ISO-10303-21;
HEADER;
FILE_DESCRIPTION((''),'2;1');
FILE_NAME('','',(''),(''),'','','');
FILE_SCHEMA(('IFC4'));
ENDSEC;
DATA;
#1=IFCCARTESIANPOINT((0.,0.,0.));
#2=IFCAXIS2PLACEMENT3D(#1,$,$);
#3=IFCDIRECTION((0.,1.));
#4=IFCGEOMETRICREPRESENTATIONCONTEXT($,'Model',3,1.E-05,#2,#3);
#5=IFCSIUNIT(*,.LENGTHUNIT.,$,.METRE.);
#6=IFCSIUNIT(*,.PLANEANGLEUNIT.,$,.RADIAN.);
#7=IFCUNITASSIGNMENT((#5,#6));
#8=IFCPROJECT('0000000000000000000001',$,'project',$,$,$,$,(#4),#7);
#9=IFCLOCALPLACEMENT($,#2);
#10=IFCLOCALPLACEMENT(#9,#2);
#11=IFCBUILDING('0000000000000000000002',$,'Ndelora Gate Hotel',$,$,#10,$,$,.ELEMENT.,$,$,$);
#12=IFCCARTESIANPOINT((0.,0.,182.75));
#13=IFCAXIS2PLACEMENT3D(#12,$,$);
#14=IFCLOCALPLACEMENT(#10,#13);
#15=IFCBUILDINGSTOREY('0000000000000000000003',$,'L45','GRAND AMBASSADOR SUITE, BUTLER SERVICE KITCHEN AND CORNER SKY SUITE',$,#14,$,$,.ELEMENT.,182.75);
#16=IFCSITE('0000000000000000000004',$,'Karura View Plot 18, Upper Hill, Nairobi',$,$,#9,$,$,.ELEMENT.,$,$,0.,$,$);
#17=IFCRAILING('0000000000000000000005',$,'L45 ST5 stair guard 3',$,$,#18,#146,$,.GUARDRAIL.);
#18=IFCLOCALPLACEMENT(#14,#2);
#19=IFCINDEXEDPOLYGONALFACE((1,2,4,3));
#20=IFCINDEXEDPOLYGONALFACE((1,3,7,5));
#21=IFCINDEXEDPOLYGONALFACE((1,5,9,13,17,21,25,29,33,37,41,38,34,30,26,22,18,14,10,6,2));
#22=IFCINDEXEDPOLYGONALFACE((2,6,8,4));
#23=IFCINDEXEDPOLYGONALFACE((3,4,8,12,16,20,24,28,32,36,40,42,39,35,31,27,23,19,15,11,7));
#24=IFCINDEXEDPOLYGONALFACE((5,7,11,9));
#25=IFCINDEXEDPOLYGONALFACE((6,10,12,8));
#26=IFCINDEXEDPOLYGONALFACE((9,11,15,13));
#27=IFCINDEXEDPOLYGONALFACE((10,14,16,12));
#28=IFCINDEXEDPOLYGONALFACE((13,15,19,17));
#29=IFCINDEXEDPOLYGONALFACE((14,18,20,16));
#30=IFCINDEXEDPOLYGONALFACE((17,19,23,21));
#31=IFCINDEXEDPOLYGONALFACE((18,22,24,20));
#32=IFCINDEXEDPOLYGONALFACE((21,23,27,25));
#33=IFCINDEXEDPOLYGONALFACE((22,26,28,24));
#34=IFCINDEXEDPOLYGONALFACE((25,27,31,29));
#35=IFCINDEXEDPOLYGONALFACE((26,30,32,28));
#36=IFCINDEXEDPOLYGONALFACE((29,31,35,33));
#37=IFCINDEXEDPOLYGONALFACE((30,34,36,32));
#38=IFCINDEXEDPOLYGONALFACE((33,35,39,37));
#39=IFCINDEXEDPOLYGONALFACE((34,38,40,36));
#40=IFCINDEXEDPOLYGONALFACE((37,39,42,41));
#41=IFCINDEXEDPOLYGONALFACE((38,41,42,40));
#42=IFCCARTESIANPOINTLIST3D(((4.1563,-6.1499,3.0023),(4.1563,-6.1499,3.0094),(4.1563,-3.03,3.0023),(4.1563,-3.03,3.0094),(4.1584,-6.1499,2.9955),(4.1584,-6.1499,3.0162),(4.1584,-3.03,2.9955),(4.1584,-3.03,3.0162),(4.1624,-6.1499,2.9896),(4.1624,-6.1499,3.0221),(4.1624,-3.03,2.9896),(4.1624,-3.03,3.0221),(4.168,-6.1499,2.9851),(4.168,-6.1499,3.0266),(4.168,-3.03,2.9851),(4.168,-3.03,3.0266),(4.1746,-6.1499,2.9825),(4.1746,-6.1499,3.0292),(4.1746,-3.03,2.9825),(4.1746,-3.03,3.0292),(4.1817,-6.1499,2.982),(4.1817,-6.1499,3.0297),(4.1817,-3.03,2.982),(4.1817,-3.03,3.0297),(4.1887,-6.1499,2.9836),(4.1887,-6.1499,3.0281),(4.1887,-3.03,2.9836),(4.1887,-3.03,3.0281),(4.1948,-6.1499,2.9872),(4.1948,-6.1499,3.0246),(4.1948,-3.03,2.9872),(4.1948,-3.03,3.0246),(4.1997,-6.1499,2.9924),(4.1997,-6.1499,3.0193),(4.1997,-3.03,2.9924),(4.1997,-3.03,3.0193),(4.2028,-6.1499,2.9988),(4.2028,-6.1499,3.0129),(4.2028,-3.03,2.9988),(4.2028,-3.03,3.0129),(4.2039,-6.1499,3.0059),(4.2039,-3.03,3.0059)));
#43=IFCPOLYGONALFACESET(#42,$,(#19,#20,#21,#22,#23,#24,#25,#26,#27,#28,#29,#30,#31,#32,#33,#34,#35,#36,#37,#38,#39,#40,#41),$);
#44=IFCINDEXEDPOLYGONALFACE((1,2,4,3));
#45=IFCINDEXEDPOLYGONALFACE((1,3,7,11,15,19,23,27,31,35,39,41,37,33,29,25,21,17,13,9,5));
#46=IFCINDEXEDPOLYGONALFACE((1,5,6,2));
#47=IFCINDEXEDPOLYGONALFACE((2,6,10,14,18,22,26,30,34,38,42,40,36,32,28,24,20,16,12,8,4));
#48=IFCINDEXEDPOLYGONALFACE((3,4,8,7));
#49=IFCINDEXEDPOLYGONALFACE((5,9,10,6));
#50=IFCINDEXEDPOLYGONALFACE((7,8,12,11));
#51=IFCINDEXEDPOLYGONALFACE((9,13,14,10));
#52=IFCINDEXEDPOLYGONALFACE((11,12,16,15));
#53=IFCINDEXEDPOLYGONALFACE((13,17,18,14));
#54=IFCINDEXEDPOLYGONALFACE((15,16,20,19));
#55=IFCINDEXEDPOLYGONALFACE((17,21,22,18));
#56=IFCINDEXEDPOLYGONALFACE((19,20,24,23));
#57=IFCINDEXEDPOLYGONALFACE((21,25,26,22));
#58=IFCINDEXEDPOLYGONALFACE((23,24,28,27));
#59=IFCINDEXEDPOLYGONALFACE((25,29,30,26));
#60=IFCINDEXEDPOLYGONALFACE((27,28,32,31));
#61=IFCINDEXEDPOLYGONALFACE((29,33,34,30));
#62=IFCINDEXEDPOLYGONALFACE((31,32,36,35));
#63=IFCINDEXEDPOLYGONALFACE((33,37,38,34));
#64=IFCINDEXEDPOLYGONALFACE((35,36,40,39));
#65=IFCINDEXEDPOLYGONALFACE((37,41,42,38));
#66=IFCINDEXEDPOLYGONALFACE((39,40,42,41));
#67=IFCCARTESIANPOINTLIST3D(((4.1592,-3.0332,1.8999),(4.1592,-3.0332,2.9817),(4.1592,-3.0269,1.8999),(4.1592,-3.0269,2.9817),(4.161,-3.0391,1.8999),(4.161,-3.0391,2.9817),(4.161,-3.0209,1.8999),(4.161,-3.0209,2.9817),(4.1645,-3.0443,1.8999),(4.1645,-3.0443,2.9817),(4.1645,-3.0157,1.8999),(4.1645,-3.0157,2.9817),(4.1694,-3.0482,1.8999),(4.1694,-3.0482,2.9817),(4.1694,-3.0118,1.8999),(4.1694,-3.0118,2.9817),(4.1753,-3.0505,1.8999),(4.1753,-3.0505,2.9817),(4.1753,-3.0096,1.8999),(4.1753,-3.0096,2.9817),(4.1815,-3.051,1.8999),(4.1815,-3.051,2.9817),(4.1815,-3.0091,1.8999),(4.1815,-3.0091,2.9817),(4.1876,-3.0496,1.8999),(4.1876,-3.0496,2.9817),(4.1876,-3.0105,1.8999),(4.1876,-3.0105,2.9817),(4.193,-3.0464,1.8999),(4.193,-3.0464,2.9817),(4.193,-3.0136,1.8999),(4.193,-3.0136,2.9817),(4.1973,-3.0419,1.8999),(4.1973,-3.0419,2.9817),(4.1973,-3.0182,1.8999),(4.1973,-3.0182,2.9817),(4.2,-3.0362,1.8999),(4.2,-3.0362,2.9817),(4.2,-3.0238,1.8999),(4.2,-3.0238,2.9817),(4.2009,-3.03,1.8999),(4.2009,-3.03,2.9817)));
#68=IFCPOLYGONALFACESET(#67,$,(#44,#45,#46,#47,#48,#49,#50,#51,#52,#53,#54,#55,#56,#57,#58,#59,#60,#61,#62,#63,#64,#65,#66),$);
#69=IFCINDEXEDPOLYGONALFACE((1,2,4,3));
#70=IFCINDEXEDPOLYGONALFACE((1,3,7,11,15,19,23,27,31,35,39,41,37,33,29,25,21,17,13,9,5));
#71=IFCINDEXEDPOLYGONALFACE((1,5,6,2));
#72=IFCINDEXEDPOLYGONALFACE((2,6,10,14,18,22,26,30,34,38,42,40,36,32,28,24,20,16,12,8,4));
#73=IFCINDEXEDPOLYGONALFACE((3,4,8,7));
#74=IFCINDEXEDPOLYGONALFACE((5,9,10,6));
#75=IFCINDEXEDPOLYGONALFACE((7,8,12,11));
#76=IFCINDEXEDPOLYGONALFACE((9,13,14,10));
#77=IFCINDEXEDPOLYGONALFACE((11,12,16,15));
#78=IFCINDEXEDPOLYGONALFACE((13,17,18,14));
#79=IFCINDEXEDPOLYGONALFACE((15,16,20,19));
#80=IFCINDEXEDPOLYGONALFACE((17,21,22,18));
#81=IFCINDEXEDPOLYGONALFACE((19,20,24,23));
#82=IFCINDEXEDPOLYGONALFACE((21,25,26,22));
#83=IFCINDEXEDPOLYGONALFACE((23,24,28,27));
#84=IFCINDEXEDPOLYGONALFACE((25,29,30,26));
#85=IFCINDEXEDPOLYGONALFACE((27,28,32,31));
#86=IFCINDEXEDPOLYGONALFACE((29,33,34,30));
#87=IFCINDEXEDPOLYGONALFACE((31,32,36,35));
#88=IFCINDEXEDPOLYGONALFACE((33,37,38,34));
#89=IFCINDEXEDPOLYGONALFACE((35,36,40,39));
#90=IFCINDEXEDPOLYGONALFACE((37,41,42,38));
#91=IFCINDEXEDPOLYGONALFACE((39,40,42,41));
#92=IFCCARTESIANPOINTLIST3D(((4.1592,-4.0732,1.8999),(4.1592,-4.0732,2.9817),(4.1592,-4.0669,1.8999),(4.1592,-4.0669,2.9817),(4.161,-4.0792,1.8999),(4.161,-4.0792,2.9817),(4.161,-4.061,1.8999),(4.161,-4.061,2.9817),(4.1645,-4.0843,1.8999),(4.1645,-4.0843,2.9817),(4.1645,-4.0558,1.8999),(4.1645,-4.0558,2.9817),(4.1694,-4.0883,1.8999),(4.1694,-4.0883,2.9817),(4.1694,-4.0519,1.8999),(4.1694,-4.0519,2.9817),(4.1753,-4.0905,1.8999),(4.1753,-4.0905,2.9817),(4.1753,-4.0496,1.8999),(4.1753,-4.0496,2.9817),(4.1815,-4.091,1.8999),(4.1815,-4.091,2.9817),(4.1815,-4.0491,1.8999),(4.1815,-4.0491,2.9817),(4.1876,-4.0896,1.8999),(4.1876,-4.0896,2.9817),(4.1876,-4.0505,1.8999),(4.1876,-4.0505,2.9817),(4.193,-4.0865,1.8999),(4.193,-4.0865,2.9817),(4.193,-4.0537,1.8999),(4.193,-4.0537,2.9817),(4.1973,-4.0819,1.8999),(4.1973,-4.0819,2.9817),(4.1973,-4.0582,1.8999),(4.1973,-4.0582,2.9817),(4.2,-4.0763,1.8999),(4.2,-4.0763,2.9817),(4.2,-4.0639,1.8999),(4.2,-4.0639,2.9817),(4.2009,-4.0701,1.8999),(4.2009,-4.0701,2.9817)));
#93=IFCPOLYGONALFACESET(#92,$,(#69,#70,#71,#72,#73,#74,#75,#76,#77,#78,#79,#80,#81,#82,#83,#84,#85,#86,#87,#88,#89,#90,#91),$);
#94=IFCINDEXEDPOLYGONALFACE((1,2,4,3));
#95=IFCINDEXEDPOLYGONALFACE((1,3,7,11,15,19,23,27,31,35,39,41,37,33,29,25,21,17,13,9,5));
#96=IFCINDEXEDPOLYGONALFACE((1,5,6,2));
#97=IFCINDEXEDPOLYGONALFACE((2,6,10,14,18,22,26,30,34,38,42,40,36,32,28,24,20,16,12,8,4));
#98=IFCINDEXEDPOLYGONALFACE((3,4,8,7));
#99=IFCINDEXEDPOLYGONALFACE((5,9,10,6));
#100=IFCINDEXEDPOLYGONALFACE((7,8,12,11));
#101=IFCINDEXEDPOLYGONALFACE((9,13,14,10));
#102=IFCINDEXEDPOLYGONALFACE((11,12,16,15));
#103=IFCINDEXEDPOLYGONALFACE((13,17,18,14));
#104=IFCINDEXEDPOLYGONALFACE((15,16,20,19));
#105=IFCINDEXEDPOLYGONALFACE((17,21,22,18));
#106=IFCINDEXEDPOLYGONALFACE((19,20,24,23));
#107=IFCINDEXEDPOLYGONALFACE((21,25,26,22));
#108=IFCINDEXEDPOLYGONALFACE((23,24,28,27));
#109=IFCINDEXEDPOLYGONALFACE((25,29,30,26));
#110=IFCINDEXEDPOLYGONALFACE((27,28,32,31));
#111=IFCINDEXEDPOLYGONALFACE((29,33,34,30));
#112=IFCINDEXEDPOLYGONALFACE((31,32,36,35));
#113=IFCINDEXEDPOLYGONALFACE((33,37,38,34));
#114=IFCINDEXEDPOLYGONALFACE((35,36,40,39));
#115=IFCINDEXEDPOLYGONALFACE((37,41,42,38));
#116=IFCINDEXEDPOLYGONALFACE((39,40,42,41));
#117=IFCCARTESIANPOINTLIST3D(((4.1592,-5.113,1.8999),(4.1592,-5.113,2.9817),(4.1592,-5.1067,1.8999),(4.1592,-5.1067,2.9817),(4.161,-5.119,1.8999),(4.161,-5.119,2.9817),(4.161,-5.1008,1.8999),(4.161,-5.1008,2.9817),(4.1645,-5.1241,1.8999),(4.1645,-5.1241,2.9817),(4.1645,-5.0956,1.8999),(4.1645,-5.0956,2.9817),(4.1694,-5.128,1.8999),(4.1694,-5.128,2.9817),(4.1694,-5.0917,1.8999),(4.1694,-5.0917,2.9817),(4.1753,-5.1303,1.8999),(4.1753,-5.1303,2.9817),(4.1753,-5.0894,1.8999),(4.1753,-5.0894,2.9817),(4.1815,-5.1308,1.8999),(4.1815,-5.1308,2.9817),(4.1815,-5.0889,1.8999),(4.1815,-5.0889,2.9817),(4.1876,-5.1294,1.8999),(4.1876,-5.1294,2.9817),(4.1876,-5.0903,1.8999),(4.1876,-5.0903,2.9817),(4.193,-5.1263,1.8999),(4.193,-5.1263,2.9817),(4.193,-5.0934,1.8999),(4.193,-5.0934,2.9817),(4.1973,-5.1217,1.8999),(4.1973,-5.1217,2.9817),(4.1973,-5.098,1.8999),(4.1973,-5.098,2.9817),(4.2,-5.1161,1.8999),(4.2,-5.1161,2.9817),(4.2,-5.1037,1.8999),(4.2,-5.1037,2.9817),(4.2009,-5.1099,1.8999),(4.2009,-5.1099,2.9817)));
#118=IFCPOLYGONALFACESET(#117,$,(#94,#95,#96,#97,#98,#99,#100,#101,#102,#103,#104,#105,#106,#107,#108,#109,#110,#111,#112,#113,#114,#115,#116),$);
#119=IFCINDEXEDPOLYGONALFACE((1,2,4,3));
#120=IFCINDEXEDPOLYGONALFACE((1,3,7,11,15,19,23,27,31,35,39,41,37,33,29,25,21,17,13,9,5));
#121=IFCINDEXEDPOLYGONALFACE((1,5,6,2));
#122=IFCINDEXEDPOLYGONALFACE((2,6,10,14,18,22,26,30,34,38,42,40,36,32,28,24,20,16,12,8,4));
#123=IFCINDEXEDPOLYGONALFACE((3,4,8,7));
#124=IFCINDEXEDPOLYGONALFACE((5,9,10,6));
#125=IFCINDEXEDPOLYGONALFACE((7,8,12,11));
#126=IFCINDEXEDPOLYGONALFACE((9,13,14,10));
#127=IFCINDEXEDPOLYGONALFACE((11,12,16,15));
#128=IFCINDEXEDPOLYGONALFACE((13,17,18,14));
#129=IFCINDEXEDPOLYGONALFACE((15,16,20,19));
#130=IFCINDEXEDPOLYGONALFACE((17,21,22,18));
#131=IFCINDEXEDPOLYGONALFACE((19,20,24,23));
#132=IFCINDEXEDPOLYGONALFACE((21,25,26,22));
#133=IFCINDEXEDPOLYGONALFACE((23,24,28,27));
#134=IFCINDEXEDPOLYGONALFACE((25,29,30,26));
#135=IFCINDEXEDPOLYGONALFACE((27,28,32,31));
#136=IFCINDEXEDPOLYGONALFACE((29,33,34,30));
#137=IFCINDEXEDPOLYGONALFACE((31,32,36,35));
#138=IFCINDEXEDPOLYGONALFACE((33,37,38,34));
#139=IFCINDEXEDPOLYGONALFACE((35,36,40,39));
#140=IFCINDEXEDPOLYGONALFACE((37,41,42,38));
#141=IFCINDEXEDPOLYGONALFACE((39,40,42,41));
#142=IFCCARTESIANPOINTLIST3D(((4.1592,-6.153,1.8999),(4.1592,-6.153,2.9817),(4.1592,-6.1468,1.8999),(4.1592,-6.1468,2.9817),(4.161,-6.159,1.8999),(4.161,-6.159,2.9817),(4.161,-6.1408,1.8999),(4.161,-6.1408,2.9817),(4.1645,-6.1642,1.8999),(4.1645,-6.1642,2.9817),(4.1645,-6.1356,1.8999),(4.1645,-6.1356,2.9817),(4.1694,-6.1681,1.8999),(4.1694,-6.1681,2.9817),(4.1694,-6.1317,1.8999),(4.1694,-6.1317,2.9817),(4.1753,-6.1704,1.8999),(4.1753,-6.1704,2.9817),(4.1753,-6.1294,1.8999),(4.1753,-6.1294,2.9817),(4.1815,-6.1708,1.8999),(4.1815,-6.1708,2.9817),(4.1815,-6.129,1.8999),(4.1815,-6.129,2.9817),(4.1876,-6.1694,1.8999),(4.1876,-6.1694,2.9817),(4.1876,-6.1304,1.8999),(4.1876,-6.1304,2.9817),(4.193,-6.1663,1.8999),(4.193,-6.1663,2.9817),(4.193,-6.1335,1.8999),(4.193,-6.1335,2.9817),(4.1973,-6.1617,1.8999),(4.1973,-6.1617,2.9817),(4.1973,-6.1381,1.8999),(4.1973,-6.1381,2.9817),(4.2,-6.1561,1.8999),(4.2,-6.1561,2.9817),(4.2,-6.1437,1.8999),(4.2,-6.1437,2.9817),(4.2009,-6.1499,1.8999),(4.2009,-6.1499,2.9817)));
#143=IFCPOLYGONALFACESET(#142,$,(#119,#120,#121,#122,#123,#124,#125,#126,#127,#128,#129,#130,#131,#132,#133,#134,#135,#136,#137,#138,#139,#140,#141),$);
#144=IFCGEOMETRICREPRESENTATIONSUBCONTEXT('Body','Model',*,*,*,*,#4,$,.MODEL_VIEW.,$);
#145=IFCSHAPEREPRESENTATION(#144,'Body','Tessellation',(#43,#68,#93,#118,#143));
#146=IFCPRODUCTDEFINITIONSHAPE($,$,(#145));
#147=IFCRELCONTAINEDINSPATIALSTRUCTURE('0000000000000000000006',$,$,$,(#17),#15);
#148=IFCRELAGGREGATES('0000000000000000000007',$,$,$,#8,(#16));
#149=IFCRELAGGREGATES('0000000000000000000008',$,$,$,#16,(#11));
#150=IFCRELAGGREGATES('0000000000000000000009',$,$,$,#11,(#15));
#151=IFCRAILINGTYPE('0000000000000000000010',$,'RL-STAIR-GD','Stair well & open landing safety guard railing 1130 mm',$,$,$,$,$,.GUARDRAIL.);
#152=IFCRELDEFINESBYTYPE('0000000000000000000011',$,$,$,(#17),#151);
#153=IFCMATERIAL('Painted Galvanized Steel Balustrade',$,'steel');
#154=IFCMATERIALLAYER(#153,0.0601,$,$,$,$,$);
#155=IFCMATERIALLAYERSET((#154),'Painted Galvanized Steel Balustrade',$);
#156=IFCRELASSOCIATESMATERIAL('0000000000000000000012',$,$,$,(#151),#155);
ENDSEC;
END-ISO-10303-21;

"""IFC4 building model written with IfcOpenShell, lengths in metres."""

from ifc_helpers import new_model, si_unit, direction, frame, origin, origin_2d, place, context, subcontext, project, spatial, circle, extrude, material, layer, layer_set, type_object, element, save


model = new_model("IFC4")

# Units and contexts
model_context = context("Model", 3, precision=1e-05, world=origin(), true_north=direction((0.0, 1.0)))
body_context = subcontext(model_context, "Body", "Model", "MODEL_VIEW")
ifc_project = project(units=[si_unit("LENGTHUNIT", "METRE"), si_unit("PLANEANGLEUNIT", "RADIAN")], contexts=[model_context])

# Site, building, storey
site_placement = place(None, origin())
site = spatial("IfcSite", under=ifc_project, at=site_placement, Name="Karura View Plot 18, Upper Hill, Nairobi", CompositionType="ELEMENT", RefElevation=0.0)
building_placement = place(site_placement, origin())
building = spatial("IfcBuilding", under=site, at=building_placement, Name="Ndelora Gate Hotel", CompositionType="ELEMENT")
storey_placement = place(building_placement, frame((0.0, 0.0, 182.75)))
storey = spatial("IfcBuildingStorey", under=building, at=storey_placement, Name="L45", Description="GRAND AMBASSADOR SUITE, BUTLER SERVICE KITCHEN AND CORNER SKY SUITE", CompositionType="ELEMENT", Elevation=182.75)

# Railing
ifc_material_1 = material(Name="Painted Galvanized Steel Balustrade", Category="steel")
ifc_layer_1 = layer(ifc_material_1, 0.0601)
ifc_layer_set_1 = layer_set([ifc_layer_1], Name="Painted Galvanized Steel Balustrade")
railing_type_1 = type_object("IfcRailingType", Name="RL-STAIR-GD", Description="Stair well & open landing safety guard railing 1130 mm", PredefinedType="GUARDRAIL", material=ifc_layer_set_1)
railing_1_placement = place(storey_placement, frame((4.1799, -3.03, 1.8999)))
element("IfcRailing", 1, at=railing_1_placement, inside=storey, type_object=railing_type_1, Name="L45 ST5 stair guard 3", PredefinedType="GUARDRAIL", context=body_context, shape_type="SweptSolid", body=[
    extrude(circle(Radius=0.0239, at=origin_2d()), frame((0.0, 0.0, 1.106), z_axis=(0.0, -1.0, 0.0), x_axis=(1.0, 0.0, 0.0)), (0.0, 0.0, 1.0), 3.1199),
    extrude(circle(Radius=0.021, at=origin_2d()), origin(), (0.0, 0.0, 1.0), 1.0818),
    extrude(circle(Radius=0.021, at=origin_2d()), frame((0.0, -1.04, 0.0)), (0.0, 0.0, 1.0), 1.0818),
    extrude(circle(Radius=0.021, at=origin_2d()), frame((0.0, -2.0798, 0.0)), (0.0, 0.0, 1.0), 1.0818),
    extrude(circle(Radius=0.021, at=origin_2d()), frame((0.0, -3.1199, 0.0)), (0.0, 0.0, 1.0), 1.0818),
])

save(model, "model.ifc")
